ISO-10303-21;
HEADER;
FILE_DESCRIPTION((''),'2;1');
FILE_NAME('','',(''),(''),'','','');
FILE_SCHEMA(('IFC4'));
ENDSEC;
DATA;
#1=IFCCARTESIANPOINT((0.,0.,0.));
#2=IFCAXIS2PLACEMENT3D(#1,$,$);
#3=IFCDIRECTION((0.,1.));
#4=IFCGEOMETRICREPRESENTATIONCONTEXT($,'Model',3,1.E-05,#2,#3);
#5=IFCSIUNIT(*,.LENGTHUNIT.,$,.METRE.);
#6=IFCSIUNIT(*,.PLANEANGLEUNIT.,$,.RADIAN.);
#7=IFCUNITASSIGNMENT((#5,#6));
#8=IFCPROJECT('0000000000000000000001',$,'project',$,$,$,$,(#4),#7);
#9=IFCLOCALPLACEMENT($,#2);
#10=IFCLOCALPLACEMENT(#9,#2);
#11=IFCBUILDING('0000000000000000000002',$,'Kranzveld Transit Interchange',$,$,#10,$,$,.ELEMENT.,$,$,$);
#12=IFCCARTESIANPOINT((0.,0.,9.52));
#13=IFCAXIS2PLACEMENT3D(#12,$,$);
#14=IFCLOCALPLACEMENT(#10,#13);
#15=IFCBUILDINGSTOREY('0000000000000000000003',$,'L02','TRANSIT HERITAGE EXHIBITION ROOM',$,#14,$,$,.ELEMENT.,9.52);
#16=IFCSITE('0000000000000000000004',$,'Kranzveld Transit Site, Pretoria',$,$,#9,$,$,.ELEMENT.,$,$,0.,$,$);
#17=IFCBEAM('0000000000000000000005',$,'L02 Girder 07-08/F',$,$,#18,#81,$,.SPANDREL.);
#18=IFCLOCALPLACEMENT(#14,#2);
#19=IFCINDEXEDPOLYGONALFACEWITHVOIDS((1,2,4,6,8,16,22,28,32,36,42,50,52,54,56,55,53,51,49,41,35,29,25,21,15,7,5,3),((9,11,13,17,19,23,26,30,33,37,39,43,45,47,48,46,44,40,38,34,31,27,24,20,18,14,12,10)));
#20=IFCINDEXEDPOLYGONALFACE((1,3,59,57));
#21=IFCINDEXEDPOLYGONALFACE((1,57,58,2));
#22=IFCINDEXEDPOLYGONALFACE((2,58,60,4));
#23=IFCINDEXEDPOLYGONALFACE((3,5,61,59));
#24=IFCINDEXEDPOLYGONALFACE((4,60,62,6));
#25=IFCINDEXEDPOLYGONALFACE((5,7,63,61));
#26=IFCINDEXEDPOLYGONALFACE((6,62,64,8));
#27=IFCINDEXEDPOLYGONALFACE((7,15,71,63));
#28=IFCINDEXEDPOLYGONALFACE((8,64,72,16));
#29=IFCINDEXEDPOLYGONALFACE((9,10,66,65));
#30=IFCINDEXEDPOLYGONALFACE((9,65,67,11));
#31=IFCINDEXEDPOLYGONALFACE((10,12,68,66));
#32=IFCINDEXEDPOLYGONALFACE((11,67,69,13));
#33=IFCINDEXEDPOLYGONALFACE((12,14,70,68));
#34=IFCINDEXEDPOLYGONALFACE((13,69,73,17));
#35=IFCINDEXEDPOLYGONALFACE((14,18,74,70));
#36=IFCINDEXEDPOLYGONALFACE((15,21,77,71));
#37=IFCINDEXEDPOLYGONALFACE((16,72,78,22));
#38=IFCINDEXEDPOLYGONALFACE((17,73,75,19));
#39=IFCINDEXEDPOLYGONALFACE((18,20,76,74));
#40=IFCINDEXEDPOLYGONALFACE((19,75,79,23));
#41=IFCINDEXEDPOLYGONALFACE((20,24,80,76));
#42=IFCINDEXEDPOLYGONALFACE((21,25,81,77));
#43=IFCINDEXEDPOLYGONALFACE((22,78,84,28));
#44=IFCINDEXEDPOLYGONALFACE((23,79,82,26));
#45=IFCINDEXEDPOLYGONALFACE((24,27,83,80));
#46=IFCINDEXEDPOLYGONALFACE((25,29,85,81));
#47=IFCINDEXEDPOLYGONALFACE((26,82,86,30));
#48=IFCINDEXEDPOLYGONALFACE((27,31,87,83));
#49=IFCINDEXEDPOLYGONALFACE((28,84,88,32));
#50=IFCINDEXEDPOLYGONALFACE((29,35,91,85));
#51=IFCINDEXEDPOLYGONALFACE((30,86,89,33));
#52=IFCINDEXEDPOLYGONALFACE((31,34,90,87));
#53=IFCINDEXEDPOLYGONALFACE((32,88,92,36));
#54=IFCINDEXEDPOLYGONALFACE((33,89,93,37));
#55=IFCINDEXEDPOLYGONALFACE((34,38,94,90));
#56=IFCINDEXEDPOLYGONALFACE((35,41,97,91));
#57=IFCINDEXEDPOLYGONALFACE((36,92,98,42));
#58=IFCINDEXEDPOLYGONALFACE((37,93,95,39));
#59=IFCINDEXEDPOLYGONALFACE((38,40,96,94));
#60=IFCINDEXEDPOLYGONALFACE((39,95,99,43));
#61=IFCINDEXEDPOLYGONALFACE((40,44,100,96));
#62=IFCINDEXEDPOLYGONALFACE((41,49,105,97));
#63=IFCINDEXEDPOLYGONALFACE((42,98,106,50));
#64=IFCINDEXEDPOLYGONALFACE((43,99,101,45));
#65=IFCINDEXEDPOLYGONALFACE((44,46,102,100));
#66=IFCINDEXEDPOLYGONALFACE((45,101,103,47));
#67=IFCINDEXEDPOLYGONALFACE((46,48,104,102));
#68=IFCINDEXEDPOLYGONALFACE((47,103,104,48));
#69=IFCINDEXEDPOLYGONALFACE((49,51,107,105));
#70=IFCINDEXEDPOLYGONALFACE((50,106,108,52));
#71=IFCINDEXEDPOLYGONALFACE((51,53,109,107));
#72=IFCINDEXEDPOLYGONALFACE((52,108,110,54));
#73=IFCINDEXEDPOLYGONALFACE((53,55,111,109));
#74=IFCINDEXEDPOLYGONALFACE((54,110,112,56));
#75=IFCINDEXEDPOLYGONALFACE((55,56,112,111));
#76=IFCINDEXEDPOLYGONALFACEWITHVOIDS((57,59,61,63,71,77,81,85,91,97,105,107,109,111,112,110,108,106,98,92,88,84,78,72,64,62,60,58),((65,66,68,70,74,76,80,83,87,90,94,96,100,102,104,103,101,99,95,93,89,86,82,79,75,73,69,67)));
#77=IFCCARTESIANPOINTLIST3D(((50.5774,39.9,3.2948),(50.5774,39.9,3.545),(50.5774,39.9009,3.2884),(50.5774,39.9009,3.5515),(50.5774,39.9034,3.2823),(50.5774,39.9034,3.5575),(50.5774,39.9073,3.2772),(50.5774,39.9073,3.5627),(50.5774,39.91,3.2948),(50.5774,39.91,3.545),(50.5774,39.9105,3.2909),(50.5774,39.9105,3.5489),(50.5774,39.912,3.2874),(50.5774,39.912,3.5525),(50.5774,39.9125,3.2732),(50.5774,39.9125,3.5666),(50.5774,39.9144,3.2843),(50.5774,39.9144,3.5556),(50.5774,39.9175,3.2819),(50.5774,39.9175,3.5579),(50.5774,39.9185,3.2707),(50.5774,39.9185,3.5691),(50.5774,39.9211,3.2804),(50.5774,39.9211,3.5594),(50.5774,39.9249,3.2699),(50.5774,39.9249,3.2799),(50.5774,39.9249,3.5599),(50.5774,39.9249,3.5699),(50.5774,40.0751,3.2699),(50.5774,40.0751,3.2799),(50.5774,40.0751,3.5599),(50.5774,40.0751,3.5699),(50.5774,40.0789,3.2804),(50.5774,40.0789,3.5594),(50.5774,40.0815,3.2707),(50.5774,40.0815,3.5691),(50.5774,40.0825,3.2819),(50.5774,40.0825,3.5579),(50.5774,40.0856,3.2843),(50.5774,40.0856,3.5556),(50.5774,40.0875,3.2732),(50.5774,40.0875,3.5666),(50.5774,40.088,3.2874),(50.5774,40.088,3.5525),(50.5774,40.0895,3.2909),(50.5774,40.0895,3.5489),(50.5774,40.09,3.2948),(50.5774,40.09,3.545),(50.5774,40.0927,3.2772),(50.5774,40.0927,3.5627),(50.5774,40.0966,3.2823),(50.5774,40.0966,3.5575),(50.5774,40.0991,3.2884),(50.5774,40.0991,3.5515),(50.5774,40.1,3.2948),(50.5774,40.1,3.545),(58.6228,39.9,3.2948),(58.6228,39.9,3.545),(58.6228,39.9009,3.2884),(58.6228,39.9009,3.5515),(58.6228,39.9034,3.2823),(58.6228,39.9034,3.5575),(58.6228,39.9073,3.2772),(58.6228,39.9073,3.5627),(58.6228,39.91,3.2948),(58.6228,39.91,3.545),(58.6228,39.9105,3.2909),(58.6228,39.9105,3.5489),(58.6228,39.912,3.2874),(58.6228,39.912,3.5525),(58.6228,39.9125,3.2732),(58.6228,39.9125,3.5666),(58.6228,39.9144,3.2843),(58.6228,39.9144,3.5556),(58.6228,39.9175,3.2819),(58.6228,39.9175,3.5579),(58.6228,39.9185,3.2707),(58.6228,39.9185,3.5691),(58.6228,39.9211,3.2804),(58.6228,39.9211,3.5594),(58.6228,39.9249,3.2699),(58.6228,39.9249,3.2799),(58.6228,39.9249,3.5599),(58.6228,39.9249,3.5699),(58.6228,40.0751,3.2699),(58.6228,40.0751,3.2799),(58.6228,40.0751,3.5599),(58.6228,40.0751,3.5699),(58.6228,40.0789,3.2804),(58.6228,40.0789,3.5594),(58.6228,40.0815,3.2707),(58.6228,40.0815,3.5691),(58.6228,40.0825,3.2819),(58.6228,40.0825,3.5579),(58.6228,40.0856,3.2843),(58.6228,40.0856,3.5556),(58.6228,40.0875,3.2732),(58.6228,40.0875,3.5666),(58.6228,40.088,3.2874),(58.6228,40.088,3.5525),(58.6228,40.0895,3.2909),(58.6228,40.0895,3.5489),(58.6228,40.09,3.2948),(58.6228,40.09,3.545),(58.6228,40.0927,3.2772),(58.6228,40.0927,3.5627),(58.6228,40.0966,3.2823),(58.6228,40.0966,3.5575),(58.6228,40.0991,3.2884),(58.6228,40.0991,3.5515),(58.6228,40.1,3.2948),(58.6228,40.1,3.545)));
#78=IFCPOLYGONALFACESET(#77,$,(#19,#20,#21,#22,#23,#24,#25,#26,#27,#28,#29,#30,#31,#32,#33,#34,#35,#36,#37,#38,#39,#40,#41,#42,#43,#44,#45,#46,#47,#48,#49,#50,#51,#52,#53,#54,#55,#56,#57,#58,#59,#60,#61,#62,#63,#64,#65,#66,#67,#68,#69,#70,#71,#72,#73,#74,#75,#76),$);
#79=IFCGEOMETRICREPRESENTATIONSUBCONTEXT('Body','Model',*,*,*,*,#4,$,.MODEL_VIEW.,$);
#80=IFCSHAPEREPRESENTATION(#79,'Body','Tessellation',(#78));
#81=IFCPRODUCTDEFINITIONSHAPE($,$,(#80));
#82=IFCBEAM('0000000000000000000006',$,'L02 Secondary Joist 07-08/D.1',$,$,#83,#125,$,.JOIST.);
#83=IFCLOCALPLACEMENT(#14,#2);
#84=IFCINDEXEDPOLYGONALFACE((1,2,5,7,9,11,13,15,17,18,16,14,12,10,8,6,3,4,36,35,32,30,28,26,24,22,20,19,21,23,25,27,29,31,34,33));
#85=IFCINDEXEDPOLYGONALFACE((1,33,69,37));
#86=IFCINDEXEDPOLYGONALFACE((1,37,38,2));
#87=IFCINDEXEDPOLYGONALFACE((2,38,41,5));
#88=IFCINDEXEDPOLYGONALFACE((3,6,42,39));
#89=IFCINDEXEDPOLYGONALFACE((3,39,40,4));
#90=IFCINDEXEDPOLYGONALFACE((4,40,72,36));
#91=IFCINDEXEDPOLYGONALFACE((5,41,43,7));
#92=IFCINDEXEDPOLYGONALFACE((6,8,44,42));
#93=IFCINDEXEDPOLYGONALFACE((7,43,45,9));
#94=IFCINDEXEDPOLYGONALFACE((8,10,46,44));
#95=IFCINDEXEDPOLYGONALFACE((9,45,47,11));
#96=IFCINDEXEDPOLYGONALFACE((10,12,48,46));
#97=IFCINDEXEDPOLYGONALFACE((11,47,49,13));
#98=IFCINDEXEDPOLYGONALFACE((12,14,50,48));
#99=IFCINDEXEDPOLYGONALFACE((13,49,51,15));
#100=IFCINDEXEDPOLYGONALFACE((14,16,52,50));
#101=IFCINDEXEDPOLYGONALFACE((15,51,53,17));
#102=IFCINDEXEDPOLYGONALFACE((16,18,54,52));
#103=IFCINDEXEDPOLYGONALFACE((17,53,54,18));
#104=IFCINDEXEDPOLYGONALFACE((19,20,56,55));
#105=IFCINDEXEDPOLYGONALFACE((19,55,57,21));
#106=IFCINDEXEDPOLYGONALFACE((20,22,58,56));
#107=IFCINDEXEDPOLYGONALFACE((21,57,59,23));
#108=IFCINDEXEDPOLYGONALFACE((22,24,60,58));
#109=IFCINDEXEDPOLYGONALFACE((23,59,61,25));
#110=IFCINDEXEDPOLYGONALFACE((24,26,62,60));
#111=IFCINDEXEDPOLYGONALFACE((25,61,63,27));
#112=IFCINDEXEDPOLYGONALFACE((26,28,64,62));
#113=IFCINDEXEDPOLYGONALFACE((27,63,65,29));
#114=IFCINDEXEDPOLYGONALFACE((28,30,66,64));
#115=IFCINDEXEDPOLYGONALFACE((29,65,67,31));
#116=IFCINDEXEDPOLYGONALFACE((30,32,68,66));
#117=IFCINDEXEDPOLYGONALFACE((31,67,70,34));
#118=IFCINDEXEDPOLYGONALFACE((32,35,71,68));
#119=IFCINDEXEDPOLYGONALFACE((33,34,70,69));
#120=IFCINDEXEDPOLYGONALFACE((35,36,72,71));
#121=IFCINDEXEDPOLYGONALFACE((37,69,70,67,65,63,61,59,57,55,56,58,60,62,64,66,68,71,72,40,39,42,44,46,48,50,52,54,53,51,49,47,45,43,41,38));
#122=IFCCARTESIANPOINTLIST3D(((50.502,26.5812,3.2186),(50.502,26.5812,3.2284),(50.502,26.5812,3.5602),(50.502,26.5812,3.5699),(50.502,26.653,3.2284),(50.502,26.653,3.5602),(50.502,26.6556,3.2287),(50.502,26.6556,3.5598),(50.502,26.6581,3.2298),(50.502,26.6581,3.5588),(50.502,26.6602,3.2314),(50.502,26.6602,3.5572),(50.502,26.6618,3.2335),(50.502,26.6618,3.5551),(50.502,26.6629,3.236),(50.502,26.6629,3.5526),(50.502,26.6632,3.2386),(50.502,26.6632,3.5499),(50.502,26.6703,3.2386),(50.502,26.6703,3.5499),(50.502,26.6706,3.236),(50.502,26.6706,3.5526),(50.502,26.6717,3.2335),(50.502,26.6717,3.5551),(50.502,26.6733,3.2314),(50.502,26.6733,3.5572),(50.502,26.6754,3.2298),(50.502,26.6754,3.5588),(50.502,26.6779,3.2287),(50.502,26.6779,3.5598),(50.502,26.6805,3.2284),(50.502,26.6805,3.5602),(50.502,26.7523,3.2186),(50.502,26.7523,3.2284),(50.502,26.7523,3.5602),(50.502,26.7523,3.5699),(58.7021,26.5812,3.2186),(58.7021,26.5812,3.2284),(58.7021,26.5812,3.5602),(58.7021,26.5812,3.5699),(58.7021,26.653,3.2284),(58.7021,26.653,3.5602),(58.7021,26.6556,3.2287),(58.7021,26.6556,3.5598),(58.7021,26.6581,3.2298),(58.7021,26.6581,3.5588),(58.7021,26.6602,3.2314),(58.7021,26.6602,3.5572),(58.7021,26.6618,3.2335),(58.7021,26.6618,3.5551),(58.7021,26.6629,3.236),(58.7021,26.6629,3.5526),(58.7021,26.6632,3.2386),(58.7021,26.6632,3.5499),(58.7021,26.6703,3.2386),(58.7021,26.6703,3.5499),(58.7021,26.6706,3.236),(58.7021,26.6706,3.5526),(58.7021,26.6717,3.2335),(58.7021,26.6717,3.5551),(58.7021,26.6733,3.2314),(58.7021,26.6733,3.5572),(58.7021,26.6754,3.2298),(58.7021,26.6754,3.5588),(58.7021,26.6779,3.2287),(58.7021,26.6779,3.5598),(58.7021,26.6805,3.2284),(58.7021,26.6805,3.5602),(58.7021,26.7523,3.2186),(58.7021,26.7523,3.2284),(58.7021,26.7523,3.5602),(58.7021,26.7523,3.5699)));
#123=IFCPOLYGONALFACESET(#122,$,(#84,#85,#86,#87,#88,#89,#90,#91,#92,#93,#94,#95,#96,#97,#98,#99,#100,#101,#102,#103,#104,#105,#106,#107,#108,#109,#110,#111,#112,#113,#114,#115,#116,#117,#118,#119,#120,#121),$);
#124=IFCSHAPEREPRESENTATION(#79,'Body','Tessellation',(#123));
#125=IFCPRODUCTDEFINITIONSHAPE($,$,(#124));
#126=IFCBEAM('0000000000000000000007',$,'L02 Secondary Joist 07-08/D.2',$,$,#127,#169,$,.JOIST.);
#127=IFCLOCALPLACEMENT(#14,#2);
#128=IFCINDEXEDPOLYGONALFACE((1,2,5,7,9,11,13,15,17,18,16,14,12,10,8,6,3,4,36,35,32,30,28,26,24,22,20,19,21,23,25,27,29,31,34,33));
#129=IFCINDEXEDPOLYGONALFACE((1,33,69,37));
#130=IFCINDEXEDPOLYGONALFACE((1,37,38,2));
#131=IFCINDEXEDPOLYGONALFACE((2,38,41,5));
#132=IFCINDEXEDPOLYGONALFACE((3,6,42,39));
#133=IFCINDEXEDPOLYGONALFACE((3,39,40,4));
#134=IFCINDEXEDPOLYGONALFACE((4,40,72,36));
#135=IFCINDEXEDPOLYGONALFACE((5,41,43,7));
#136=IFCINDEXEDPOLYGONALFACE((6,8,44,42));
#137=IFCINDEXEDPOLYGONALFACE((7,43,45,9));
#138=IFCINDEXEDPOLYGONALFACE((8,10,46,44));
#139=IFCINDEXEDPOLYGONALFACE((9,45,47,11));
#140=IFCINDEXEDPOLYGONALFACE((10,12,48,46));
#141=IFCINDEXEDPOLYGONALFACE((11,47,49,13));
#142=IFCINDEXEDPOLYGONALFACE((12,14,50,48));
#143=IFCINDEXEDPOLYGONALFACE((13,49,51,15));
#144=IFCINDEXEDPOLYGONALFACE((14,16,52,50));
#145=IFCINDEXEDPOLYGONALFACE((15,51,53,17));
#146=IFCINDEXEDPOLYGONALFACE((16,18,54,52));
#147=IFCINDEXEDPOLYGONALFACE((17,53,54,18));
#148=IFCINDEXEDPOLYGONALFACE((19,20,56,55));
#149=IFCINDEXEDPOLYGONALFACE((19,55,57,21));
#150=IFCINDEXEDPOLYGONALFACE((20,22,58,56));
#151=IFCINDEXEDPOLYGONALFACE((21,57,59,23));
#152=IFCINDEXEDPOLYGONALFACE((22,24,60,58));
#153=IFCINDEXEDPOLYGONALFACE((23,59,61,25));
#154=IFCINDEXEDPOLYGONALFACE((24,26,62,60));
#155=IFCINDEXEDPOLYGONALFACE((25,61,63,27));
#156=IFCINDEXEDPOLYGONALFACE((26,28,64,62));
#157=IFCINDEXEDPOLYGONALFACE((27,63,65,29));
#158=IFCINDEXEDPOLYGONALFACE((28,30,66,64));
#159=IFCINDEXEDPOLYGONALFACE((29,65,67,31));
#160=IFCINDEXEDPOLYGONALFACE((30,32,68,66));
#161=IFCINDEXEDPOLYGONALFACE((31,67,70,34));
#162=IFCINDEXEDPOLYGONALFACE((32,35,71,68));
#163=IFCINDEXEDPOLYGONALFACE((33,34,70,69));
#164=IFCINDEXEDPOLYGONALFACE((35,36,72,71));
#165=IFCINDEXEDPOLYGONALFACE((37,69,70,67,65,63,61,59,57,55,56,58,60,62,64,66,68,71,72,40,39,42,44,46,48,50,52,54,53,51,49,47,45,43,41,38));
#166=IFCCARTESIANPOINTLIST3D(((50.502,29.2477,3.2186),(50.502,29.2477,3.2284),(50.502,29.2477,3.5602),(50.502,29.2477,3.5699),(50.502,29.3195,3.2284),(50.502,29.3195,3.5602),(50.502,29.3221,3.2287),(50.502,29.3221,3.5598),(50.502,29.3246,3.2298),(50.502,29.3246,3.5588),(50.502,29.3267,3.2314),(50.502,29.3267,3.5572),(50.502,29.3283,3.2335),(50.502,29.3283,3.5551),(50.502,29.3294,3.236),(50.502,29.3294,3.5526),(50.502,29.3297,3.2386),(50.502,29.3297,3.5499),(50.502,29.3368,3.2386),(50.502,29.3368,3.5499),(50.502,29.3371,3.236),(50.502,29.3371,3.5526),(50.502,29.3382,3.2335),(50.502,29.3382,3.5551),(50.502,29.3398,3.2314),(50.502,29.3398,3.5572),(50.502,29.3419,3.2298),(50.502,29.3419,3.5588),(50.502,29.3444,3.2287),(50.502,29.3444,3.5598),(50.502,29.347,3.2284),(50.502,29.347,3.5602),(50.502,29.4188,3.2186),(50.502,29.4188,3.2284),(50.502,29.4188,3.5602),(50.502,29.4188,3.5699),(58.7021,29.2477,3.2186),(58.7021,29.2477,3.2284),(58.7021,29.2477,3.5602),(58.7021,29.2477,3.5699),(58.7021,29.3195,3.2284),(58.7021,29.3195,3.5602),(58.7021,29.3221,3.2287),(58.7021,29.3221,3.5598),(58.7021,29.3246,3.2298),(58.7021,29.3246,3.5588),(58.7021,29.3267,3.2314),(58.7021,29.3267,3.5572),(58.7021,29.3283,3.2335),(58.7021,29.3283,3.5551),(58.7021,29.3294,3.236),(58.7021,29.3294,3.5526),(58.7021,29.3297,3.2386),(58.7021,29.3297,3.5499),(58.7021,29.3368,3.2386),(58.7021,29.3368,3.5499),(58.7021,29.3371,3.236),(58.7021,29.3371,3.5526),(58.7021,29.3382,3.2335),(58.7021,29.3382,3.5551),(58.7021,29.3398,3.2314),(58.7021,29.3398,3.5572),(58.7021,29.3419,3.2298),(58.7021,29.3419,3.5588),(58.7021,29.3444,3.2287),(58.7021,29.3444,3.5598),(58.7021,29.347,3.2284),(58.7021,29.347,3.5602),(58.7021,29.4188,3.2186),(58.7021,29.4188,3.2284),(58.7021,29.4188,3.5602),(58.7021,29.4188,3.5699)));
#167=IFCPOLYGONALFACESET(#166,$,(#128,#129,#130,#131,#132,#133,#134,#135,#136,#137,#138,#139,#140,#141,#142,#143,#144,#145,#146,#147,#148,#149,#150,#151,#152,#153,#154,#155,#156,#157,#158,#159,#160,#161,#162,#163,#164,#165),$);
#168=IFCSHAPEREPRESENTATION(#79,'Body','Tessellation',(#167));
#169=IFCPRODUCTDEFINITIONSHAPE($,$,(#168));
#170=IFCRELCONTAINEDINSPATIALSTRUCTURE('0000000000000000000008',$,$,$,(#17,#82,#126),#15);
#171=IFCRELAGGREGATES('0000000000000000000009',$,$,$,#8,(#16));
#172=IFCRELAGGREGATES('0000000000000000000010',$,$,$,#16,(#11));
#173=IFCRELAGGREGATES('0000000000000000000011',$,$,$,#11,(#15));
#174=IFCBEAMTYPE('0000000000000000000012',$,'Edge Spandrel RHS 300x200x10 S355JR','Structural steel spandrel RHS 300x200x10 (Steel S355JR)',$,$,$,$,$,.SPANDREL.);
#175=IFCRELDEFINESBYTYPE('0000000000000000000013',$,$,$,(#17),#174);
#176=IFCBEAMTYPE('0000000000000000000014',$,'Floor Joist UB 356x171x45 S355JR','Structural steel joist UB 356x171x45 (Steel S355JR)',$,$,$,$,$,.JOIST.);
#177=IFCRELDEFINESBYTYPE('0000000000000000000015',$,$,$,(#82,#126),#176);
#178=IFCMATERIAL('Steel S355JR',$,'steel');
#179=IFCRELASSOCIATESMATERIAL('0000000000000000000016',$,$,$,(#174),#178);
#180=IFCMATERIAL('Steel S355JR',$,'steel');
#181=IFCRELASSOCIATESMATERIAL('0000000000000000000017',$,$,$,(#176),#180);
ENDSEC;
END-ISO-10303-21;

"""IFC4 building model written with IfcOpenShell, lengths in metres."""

from ifc_helpers import new_model, si_unit, direction, frame, origin, origin_2d, place, context, subcontext, project, spatial, hollow_rectangle, i_section, extrude, material, material_profile, profile_set, type_object, element, save


model = new_model("IFC4")

# Units and contexts
model_context = context("Model", 3, precision=1e-05, world=origin(), true_north=direction((0.0, 1.0)))
body_context = subcontext(model_context, "Body", "Model", "MODEL_VIEW")
ifc_project = project(units=[si_unit("LENGTHUNIT", "METRE"), si_unit("PLANEANGLEUNIT", "RADIAN")], contexts=[model_context])

# Site, building, storey
site_placement = place(None, origin())
site = spatial("IfcSite", under=ifc_project, at=site_placement, Name="Kranzveld Transit Site, Pretoria", CompositionType="ELEMENT", RefElevation=0.0)
building_placement = place(site_placement, origin())
building = spatial("IfcBuilding", under=site, at=building_placement, Name="Kranzveld Transit Interchange", CompositionType="ELEMENT")
storey_placement = place(building_placement, frame((0.0, 0.0, 9.52)))
storey = spatial("IfcBuildingStorey", under=building, at=storey_placement, Name="L02", Description="TRANSIT HERITAGE EXHIBITION ROOM", CompositionType="ELEMENT", Elevation=9.52)

# Beams
ifc_material_1 = material(Name="Steel S355JR", Category="steel")
ifc_material_profile_1 = material_profile(ifc_material_1, hollow_rectangle(XDim=0.2, YDim=0.3, WallThickness=0.01, InnerFilletRadius=0.0149, OuterFilletRadius=0.0249, at=origin_2d()), Name="RHS 300x200x10")
ifc_profile_set_1 = profile_set([ifc_material_profile_1], Name="Steel S355JR")
beam_type_1 = type_object("IfcBeamType", Name="Edge Spandrel RHS 300x200x10 S355JR", Description="Structural steel spandrel RHS 300x200x10 (Steel S355JR)", PredefinedType="SPANDREL", material=ifc_profile_set_1)
beam_1_placement = place(storey_placement, frame((50.5774, 40.0, 3.4199), z_axis=(1.0, 0.0, 0.0), x_axis=(0.0, 1.0, 0.0)))
element("IfcBeam", 1, at=beam_1_placement, inside=storey, type_object=beam_type_1, Name="L02 Girder 07-08/F", PredefinedType="SPANDREL", context=body_context, shape_type="SweptSolid", body=[
    extrude(hollow_rectangle(XDim=0.2, YDim=0.3, WallThickness=0.01, InnerFilletRadius=0.0149, OuterFilletRadius=0.0249, at=origin_2d()), origin(), (0.0, 0.0, 1.0), 8.0454),
])
ifc_material_2 = material(Name="Steel S355JR", Category="steel")
ifc_material_profile_2 = material_profile(ifc_material_2, i_section(OverallWidth=0.1711, OverallDepth=0.3513, WebThickness=0.0071, FlangeThickness=0.0098, FilletRadius=0.0103, at=origin_2d()), Name="UB 356x171x45")
ifc_profile_set_2 = profile_set([ifc_material_profile_2], Name="Steel S355JR")
beam_type_2 = type_object("IfcBeamType", Name="Floor Joist UB 356x171x45 S355JR", Description="Structural steel joist UB 356x171x45 (Steel S355JR)", PredefinedType="JOIST", material=ifc_profile_set_2)
for number, where, z_axis, x_axis, name in (
    (2, (50.502, 26.6667, 3.3943), (1.0, 0.0, 0.0), (0.0, 1.0, 0.0), "L02 Secondary Joist 07-08/D.1"),
    (3, (50.502, 29.3333, 3.3943), (1.0, 0.0, 0.0), (0.0, 1.0, 0.0), "L02 Secondary Joist 07-08/D.2"),
):
    element("IfcBeam", number, at=place(storey_placement, frame(where, z_axis=z_axis, x_axis=x_axis)), inside=storey, type_object=beam_type_2, Name=name, PredefinedType="JOIST", context=body_context, shape_type="SweptSolid", body=[
        extrude(i_section(OverallWidth=0.1711, OverallDepth=0.3513, WebThickness=0.0071, FlangeThickness=0.0098, FilletRadius=0.0103, at=origin_2d()), origin(), (0.0, 0.0, 1.0), 8.2002),
    ])

save(model, "model.ifc")
